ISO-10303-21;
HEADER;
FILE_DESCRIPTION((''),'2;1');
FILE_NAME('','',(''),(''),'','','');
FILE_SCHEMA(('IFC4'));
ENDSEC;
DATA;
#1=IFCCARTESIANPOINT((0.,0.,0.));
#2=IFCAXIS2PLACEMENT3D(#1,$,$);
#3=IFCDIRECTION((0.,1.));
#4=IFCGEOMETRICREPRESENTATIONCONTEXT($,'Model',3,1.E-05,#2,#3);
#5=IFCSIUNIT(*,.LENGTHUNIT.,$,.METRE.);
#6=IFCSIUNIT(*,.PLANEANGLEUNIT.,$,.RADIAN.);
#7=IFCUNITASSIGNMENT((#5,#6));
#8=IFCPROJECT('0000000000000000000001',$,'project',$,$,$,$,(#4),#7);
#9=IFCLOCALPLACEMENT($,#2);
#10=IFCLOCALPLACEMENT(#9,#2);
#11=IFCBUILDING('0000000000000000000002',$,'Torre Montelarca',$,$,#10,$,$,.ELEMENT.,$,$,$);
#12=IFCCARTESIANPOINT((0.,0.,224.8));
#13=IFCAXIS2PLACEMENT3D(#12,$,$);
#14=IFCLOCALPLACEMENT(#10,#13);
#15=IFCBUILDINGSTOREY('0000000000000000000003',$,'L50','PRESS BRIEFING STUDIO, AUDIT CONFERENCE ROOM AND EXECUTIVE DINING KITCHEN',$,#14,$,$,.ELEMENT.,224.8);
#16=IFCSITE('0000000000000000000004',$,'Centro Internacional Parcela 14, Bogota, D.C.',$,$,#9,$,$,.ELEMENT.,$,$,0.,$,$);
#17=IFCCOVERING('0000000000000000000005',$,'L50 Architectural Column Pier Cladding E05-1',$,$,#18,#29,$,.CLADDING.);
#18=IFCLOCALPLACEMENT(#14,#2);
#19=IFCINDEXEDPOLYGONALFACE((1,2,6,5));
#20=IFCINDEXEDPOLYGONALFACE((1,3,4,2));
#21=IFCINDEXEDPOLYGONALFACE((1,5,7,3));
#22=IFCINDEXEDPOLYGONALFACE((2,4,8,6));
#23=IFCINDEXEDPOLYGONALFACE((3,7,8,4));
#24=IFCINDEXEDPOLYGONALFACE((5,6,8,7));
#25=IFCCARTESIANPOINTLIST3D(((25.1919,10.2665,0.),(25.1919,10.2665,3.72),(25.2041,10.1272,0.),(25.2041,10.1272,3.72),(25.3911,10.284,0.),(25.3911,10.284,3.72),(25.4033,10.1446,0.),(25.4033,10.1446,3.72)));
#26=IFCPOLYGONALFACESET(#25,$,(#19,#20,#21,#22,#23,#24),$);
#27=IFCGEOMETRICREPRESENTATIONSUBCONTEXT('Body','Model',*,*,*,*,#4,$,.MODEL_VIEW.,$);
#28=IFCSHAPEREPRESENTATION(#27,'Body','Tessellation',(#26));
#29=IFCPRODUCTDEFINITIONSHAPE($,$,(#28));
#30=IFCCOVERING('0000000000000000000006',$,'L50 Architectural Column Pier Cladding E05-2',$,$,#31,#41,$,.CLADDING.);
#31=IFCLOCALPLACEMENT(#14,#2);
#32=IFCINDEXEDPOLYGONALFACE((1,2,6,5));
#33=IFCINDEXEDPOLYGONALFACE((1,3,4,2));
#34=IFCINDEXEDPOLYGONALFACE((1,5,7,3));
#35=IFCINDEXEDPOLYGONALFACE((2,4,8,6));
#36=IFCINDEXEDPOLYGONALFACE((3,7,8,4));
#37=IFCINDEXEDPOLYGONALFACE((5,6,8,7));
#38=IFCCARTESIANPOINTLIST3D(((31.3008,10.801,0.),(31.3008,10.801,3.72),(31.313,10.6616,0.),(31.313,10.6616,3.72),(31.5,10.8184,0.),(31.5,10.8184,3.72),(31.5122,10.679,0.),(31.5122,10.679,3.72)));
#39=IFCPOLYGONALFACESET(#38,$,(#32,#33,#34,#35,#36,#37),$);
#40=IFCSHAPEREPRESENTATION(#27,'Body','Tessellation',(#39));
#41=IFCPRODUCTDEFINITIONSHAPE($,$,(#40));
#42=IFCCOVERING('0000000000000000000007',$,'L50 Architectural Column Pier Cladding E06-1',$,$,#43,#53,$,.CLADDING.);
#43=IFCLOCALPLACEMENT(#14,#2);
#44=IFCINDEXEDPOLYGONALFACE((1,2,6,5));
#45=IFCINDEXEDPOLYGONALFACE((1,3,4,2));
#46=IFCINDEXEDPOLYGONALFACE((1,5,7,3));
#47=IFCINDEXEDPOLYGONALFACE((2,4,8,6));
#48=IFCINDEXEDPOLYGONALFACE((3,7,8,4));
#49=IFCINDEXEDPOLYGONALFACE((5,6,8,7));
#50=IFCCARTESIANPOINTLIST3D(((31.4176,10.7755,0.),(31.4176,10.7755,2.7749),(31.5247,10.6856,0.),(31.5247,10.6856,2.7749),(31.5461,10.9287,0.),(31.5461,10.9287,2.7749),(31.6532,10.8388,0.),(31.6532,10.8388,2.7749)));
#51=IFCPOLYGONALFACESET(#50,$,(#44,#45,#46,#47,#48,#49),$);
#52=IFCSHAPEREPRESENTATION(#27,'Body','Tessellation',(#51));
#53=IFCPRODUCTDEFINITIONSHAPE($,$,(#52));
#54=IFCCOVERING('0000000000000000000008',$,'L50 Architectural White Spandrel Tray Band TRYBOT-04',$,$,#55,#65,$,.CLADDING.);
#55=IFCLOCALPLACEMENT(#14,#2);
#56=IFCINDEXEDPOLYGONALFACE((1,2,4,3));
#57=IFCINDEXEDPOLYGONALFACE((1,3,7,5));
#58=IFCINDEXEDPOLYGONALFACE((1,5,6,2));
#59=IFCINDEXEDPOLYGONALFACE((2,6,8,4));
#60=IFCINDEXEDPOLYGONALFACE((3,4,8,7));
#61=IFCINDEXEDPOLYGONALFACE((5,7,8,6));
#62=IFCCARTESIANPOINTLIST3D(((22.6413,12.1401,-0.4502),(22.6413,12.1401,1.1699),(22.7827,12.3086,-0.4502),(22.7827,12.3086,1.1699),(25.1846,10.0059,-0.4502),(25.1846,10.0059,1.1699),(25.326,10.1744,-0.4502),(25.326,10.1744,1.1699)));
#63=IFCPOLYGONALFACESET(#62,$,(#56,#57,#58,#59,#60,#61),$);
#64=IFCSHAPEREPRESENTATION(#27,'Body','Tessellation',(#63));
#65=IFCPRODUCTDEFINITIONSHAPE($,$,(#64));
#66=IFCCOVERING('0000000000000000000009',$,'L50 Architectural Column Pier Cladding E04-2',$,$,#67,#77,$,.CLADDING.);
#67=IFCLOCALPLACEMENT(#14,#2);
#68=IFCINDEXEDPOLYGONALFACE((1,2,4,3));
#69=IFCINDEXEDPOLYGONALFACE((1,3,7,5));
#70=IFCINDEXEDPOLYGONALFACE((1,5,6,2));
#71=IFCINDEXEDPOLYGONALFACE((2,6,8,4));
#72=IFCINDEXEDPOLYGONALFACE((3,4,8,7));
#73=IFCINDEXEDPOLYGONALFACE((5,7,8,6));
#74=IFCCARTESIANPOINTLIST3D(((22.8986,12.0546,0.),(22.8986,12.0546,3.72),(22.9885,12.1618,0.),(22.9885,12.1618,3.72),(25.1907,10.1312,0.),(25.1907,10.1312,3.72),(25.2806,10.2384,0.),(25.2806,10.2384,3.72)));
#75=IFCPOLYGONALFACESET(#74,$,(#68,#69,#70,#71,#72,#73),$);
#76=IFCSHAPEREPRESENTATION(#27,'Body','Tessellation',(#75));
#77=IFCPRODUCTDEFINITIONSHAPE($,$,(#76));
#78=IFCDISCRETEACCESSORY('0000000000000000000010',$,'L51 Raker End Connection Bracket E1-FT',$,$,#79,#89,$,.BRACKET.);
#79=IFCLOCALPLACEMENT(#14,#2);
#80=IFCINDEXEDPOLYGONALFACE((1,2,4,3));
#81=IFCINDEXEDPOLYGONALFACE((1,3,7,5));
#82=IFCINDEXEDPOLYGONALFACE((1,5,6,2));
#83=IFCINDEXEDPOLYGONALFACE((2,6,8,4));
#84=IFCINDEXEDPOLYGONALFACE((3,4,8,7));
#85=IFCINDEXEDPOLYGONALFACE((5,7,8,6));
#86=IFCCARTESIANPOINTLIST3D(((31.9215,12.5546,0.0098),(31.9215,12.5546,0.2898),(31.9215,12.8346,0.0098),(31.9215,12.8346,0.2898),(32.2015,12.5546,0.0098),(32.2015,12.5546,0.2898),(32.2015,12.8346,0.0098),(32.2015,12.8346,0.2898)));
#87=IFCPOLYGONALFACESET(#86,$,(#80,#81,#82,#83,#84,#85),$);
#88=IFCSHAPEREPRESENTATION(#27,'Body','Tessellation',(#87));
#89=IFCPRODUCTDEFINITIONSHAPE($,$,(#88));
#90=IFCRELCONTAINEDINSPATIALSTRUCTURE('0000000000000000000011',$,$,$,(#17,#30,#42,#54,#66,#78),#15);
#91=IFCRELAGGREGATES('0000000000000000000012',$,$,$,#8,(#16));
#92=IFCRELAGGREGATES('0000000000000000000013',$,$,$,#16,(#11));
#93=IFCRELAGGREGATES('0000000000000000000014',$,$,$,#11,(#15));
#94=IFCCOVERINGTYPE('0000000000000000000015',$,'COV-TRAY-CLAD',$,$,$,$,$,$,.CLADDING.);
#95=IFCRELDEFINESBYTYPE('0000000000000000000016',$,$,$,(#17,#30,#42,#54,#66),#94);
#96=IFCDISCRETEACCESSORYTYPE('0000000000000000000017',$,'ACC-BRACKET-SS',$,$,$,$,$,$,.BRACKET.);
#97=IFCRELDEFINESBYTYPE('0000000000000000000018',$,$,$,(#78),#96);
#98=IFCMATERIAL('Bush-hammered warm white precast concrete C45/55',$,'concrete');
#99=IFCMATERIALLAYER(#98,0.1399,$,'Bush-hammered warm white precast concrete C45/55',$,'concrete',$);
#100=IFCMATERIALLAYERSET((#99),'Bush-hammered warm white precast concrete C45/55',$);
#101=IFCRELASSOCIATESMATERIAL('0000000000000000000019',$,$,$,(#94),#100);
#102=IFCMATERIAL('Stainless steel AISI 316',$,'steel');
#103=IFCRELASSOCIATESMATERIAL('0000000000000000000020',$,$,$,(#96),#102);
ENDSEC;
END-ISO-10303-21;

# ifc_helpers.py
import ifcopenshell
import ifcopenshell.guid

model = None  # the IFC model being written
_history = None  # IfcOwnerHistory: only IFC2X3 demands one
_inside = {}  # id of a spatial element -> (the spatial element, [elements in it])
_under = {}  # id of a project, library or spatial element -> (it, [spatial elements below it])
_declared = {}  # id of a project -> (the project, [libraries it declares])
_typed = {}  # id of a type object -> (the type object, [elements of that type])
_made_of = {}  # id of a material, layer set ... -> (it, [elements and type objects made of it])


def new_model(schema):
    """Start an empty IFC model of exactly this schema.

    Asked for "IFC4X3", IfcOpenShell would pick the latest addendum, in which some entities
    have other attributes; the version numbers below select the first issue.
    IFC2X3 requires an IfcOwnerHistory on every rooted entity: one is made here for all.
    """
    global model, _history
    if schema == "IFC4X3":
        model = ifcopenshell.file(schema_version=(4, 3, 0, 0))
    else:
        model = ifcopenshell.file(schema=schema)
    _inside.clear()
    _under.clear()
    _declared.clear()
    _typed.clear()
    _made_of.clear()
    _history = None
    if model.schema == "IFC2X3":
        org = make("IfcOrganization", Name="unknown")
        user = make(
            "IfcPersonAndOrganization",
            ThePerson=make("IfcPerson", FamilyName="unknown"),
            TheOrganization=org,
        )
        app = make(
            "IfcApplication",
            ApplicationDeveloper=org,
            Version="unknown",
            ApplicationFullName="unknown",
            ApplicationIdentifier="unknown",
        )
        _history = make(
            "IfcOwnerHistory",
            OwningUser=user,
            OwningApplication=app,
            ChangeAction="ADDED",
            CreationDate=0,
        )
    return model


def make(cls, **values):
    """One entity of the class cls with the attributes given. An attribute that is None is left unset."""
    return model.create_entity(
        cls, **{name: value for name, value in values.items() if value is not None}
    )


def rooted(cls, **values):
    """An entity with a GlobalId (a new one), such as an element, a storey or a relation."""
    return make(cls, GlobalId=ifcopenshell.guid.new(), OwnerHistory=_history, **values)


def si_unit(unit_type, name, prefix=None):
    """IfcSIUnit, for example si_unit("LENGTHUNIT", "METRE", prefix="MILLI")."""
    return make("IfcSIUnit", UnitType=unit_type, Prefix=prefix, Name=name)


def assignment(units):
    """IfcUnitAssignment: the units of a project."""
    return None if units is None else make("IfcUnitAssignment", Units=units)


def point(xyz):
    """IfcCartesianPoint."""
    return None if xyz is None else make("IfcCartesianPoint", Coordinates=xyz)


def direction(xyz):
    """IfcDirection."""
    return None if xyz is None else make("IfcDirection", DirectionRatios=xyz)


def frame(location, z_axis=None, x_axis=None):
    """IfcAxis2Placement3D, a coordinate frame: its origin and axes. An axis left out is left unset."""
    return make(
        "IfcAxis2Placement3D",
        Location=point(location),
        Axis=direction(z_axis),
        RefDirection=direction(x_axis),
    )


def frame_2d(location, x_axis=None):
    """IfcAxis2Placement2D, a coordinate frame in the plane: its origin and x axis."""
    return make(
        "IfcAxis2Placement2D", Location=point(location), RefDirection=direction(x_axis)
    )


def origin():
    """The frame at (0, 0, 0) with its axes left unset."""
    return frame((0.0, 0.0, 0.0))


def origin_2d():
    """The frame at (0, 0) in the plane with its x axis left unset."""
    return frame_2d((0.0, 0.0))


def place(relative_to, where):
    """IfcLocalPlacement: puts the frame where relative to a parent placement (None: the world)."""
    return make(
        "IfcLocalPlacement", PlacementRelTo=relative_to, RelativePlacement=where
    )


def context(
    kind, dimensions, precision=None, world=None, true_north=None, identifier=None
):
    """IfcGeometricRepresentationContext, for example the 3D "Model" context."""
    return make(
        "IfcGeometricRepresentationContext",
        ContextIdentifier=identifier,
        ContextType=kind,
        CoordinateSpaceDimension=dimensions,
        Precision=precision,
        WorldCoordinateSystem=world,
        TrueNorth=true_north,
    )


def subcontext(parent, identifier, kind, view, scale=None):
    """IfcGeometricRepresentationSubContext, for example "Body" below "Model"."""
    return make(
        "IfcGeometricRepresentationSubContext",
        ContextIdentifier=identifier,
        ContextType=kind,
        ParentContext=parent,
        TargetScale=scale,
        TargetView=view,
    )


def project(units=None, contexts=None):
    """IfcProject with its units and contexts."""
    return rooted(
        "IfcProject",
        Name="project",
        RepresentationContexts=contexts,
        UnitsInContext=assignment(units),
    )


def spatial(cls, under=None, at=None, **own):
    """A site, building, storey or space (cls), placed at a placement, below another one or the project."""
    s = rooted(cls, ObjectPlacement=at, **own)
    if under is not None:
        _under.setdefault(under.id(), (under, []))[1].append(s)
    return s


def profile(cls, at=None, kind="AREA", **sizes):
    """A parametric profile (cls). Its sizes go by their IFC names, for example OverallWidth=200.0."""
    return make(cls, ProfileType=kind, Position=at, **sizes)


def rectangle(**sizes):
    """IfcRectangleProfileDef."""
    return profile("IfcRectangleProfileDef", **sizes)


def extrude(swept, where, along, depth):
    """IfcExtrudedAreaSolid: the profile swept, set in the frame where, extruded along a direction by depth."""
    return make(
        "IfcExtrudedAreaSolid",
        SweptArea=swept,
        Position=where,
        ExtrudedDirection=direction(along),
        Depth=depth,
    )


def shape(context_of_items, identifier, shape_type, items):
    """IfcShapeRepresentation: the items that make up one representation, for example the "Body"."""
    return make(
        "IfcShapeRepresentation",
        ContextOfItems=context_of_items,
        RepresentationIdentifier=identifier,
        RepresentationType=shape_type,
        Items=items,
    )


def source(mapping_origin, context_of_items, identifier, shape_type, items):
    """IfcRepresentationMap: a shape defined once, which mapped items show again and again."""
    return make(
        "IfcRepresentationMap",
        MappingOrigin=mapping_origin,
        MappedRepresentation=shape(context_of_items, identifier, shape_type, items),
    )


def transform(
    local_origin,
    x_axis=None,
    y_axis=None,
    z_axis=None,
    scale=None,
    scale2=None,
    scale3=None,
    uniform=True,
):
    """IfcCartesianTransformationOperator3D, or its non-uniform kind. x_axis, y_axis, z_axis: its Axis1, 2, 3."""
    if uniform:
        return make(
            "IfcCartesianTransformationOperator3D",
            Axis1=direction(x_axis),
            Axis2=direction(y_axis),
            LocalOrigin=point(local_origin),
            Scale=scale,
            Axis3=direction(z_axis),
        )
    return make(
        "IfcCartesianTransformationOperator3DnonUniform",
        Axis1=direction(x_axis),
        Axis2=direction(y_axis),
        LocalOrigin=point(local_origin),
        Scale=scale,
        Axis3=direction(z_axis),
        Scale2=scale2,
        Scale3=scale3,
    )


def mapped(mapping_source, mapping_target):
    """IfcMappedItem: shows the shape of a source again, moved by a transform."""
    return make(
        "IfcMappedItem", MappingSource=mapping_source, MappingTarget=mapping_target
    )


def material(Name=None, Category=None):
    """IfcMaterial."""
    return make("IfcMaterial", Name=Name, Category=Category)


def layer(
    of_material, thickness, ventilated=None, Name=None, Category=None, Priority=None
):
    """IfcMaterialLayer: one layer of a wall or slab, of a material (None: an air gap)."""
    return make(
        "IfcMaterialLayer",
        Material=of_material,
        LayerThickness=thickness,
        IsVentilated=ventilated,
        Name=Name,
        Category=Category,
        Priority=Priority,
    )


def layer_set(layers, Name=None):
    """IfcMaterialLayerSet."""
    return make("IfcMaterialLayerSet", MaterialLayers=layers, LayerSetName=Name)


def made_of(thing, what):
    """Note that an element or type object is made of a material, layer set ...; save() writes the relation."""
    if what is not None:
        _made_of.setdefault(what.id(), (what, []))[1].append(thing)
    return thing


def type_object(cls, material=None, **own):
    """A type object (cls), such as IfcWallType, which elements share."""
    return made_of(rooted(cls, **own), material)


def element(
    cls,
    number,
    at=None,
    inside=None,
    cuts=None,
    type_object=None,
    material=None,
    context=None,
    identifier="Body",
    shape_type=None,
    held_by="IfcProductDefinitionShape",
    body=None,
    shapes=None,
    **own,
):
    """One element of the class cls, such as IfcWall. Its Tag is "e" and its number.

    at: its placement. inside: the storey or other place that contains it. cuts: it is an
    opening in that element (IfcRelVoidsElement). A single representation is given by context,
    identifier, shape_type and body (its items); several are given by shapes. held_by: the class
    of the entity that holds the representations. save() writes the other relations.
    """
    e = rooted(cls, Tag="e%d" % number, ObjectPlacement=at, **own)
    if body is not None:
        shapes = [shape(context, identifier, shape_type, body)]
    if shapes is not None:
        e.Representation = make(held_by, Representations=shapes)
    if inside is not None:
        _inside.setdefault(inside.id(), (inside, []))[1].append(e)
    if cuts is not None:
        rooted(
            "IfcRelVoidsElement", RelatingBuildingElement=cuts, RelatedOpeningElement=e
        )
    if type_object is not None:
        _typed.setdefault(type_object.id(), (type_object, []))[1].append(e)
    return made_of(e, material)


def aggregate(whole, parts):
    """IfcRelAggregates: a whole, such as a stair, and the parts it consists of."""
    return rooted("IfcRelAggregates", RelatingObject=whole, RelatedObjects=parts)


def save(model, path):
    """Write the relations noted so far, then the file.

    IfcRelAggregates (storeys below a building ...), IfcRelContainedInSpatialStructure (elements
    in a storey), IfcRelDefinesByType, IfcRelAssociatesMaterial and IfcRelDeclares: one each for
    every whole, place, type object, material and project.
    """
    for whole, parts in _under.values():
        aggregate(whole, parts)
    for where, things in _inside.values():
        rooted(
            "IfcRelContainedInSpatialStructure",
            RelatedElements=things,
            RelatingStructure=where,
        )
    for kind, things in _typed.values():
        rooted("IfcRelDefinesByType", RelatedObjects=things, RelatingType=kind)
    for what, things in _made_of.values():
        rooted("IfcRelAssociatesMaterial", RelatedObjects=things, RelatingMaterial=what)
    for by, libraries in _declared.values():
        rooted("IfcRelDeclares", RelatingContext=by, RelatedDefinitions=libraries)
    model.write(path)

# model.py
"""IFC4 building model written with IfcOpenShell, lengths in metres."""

from ifc_helpers import new_model, si_unit, direction, frame, origin, origin_2d, place, context, subcontext, project, spatial, rectangle, extrude, source, transform, mapped, material, layer, layer_set, type_object, element, save


model = new_model("IFC4")

# Units and contexts
model_context = context("Model", 3, precision=1e-05, world=origin(), true_north=direction((0.0, 1.0)))
body_context = subcontext(model_context, "Body", "Model", "MODEL_VIEW")
ifc_project = project(units=[si_unit("LENGTHUNIT", "METRE"), si_unit("PLANEANGLEUNIT", "RADIAN")], contexts=[model_context])

# Site, building, storey
site_placement = place(None, origin())
site = spatial("IfcSite", under=ifc_project, at=site_placement, Name="Centro Internacional Parcela 14, Bogota, D.C.", CompositionType="ELEMENT", RefElevation=0.0)
building_placement = place(site_placement, origin())
building = spatial("IfcBuilding", under=site, at=building_placement, Name="Torre Montelarca", CompositionType="ELEMENT")
storey_placement = place(building_placement, frame((0.0, 0.0, 224.8)))
storey = spatial("IfcBuildingStorey", under=building, at=storey_placement, Name="L50", Description="PRESS BRIEFING STUDIO, AUDIT CONFERENCE ROOM AND EXECUTIVE DINING KITCHEN", CompositionType="ELEMENT", Elevation=224.8)

# Coverings
ifc_material_1 = material(Name="Bush-hammered warm white precast concrete C45/55", Category="concrete")
ifc_layer_1 = layer(ifc_material_1, 0.1399, Name="Bush-hammered warm white precast concrete C45/55", Category="concrete")
ifc_layer_set_1 = layer_set([ifc_layer_1], Name="Bush-hammered warm white precast concrete C45/55")
covering_type = type_object("IfcCoveringType", Name="COV-TRAY-CLAD", PredefinedType="CLADDING", material=ifc_layer_set_1)
shared_shape_1 = source(origin(), body_context, "Body", "SweptSolid", [
    extrude(rectangle(XDim=0.2, YDim=0.1399, at=origin_2d()), origin(), (0.0, 0.0, 1.0), 3.72),
])
for number, where, z_axis, x_axis, name in (
    (1, (25.2976, 10.2056, 0.0), (0.0, 0.0, 1.0), (0.996193, 0.087177, 0.0), "L50 Architectural Column Pier Cladding E05-1"),
    (2, (31.4065, 10.74, 0.0), (0.0, 0.0, 1.0), (0.996193, 0.087177, 0.0), "L50 Architectural Column Pier Cladding E05-2"),
):
    element("IfcCovering", number, at=place(storey_placement, frame(where, z_axis=z_axis, x_axis=x_axis)), inside=storey, type_object=covering_type, Name=name, PredefinedType="CLADDING", context=body_context, shape_type="MappedRepresentation", body=[
        mapped(shared_shape_1, transform((0.0, 0.0, 0.0), scale=1.0)),
    ])
shared_shape_2 = source(origin(), body_context, "Body", "SweptSolid", [
    extrude(rectangle(XDim=0.2, YDim=0.1399, at=origin_2d()), origin(), (0.0, 0.0, 1.0), 2.7749),
])
covering_1_placement = place(storey_placement, frame((31.5354, 10.8071, 0.0), z_axis=(0.0, 0.0, 1.0), x_axis=(0.642788, 0.766044, 0.0)))
element("IfcCovering", 3, at=covering_1_placement, inside=storey, type_object=covering_type, Name="L50 Architectural Column Pier Cladding E06-1", PredefinedType="CLADDING", context=body_context, shape_type="MappedRepresentation", body=[
    mapped(shared_shape_2, transform((0.0, 0.0, 0.0), scale=1.0)),
])
shared_shape_3 = source(origin(), body_context, "Body", "SweptSolid", [
    extrude(rectangle(XDim=3.3201, YDim=0.22, at=origin_2d()), origin(), (0.0, 0.0, 1.0), 1.6201),
])
covering_2_placement = place(storey_placement, frame((23.9836, 11.1572, -0.4502), z_axis=(0.0, 0.0, 1.0), x_axis=(0.766026, -0.642809, 0.0)))
element("IfcCovering", 4, at=covering_2_placement, inside=storey, type_object=covering_type, Name="L50 Architectural White Spandrel Tray Band TRYBOT-04", PredefinedType="CLADDING", context=body_context, shape_type="MappedRepresentation", body=[
    mapped(shared_shape_3, transform((0.0, 0.0, 0.0), scale=1.0)),
])
shared_shape_4 = source(origin(), body_context, "Body", "SweptSolid", [
    extrude(rectangle(XDim=2.9922, YDim=0.1399, at=origin_2d()), origin(), (0.0, 0.0, 1.0), 3.72),
])
covering_3_placement = place(storey_placement, frame((24.0896, 11.1465, 0.0), z_axis=(0.0, 0.0, 1.0), x_axis=(0.766028, -0.642808, 0.0)))
element("IfcCovering", 5, at=covering_3_placement, inside=storey, type_object=covering_type, Name="L50 Architectural Column Pier Cladding E04-2", PredefinedType="CLADDING", context=body_context, shape_type="MappedRepresentation", body=[
    mapped(shared_shape_4, transform((0.0, 0.0, 0.0), scale=1.0)),
])

# Discrete accessory
ifc_material_2 = material(Name="Stainless steel AISI 316", Category="steel")
discrete_accessory_type = type_object("IfcDiscreteAccessoryType", Name="ACC-BRACKET-SS", PredefinedType="BRACKET", material=ifc_material_2)
shared_shape_5 = source(origin(), body_context, "Body", "SweptSolid", [
    extrude(rectangle(XDim=0.28, YDim=0.28, at=origin_2d()), origin(), (0.0, 0.0, 1.0), 0.28),
])
discrete_accessory_placement = place(storey_placement, frame((32.0615, 12.6946, 0.0098), z_axis=(0.0, 0.0, 1.0), x_axis=(1.0, 0.0, 0.0)))
element("IfcDiscreteAccessory", 6, at=discrete_accessory_placement, inside=storey, type_object=discrete_accessory_type, Name="L51 Raker End Connection Bracket E1-FT", PredefinedType="BRACKET", context=body_context, shape_type="MappedRepresentation", body=[
    mapped(shared_shape_5, transform((0.0, 0.0, 0.0), scale=1.0)),
])

save(model, "model.ifc")
